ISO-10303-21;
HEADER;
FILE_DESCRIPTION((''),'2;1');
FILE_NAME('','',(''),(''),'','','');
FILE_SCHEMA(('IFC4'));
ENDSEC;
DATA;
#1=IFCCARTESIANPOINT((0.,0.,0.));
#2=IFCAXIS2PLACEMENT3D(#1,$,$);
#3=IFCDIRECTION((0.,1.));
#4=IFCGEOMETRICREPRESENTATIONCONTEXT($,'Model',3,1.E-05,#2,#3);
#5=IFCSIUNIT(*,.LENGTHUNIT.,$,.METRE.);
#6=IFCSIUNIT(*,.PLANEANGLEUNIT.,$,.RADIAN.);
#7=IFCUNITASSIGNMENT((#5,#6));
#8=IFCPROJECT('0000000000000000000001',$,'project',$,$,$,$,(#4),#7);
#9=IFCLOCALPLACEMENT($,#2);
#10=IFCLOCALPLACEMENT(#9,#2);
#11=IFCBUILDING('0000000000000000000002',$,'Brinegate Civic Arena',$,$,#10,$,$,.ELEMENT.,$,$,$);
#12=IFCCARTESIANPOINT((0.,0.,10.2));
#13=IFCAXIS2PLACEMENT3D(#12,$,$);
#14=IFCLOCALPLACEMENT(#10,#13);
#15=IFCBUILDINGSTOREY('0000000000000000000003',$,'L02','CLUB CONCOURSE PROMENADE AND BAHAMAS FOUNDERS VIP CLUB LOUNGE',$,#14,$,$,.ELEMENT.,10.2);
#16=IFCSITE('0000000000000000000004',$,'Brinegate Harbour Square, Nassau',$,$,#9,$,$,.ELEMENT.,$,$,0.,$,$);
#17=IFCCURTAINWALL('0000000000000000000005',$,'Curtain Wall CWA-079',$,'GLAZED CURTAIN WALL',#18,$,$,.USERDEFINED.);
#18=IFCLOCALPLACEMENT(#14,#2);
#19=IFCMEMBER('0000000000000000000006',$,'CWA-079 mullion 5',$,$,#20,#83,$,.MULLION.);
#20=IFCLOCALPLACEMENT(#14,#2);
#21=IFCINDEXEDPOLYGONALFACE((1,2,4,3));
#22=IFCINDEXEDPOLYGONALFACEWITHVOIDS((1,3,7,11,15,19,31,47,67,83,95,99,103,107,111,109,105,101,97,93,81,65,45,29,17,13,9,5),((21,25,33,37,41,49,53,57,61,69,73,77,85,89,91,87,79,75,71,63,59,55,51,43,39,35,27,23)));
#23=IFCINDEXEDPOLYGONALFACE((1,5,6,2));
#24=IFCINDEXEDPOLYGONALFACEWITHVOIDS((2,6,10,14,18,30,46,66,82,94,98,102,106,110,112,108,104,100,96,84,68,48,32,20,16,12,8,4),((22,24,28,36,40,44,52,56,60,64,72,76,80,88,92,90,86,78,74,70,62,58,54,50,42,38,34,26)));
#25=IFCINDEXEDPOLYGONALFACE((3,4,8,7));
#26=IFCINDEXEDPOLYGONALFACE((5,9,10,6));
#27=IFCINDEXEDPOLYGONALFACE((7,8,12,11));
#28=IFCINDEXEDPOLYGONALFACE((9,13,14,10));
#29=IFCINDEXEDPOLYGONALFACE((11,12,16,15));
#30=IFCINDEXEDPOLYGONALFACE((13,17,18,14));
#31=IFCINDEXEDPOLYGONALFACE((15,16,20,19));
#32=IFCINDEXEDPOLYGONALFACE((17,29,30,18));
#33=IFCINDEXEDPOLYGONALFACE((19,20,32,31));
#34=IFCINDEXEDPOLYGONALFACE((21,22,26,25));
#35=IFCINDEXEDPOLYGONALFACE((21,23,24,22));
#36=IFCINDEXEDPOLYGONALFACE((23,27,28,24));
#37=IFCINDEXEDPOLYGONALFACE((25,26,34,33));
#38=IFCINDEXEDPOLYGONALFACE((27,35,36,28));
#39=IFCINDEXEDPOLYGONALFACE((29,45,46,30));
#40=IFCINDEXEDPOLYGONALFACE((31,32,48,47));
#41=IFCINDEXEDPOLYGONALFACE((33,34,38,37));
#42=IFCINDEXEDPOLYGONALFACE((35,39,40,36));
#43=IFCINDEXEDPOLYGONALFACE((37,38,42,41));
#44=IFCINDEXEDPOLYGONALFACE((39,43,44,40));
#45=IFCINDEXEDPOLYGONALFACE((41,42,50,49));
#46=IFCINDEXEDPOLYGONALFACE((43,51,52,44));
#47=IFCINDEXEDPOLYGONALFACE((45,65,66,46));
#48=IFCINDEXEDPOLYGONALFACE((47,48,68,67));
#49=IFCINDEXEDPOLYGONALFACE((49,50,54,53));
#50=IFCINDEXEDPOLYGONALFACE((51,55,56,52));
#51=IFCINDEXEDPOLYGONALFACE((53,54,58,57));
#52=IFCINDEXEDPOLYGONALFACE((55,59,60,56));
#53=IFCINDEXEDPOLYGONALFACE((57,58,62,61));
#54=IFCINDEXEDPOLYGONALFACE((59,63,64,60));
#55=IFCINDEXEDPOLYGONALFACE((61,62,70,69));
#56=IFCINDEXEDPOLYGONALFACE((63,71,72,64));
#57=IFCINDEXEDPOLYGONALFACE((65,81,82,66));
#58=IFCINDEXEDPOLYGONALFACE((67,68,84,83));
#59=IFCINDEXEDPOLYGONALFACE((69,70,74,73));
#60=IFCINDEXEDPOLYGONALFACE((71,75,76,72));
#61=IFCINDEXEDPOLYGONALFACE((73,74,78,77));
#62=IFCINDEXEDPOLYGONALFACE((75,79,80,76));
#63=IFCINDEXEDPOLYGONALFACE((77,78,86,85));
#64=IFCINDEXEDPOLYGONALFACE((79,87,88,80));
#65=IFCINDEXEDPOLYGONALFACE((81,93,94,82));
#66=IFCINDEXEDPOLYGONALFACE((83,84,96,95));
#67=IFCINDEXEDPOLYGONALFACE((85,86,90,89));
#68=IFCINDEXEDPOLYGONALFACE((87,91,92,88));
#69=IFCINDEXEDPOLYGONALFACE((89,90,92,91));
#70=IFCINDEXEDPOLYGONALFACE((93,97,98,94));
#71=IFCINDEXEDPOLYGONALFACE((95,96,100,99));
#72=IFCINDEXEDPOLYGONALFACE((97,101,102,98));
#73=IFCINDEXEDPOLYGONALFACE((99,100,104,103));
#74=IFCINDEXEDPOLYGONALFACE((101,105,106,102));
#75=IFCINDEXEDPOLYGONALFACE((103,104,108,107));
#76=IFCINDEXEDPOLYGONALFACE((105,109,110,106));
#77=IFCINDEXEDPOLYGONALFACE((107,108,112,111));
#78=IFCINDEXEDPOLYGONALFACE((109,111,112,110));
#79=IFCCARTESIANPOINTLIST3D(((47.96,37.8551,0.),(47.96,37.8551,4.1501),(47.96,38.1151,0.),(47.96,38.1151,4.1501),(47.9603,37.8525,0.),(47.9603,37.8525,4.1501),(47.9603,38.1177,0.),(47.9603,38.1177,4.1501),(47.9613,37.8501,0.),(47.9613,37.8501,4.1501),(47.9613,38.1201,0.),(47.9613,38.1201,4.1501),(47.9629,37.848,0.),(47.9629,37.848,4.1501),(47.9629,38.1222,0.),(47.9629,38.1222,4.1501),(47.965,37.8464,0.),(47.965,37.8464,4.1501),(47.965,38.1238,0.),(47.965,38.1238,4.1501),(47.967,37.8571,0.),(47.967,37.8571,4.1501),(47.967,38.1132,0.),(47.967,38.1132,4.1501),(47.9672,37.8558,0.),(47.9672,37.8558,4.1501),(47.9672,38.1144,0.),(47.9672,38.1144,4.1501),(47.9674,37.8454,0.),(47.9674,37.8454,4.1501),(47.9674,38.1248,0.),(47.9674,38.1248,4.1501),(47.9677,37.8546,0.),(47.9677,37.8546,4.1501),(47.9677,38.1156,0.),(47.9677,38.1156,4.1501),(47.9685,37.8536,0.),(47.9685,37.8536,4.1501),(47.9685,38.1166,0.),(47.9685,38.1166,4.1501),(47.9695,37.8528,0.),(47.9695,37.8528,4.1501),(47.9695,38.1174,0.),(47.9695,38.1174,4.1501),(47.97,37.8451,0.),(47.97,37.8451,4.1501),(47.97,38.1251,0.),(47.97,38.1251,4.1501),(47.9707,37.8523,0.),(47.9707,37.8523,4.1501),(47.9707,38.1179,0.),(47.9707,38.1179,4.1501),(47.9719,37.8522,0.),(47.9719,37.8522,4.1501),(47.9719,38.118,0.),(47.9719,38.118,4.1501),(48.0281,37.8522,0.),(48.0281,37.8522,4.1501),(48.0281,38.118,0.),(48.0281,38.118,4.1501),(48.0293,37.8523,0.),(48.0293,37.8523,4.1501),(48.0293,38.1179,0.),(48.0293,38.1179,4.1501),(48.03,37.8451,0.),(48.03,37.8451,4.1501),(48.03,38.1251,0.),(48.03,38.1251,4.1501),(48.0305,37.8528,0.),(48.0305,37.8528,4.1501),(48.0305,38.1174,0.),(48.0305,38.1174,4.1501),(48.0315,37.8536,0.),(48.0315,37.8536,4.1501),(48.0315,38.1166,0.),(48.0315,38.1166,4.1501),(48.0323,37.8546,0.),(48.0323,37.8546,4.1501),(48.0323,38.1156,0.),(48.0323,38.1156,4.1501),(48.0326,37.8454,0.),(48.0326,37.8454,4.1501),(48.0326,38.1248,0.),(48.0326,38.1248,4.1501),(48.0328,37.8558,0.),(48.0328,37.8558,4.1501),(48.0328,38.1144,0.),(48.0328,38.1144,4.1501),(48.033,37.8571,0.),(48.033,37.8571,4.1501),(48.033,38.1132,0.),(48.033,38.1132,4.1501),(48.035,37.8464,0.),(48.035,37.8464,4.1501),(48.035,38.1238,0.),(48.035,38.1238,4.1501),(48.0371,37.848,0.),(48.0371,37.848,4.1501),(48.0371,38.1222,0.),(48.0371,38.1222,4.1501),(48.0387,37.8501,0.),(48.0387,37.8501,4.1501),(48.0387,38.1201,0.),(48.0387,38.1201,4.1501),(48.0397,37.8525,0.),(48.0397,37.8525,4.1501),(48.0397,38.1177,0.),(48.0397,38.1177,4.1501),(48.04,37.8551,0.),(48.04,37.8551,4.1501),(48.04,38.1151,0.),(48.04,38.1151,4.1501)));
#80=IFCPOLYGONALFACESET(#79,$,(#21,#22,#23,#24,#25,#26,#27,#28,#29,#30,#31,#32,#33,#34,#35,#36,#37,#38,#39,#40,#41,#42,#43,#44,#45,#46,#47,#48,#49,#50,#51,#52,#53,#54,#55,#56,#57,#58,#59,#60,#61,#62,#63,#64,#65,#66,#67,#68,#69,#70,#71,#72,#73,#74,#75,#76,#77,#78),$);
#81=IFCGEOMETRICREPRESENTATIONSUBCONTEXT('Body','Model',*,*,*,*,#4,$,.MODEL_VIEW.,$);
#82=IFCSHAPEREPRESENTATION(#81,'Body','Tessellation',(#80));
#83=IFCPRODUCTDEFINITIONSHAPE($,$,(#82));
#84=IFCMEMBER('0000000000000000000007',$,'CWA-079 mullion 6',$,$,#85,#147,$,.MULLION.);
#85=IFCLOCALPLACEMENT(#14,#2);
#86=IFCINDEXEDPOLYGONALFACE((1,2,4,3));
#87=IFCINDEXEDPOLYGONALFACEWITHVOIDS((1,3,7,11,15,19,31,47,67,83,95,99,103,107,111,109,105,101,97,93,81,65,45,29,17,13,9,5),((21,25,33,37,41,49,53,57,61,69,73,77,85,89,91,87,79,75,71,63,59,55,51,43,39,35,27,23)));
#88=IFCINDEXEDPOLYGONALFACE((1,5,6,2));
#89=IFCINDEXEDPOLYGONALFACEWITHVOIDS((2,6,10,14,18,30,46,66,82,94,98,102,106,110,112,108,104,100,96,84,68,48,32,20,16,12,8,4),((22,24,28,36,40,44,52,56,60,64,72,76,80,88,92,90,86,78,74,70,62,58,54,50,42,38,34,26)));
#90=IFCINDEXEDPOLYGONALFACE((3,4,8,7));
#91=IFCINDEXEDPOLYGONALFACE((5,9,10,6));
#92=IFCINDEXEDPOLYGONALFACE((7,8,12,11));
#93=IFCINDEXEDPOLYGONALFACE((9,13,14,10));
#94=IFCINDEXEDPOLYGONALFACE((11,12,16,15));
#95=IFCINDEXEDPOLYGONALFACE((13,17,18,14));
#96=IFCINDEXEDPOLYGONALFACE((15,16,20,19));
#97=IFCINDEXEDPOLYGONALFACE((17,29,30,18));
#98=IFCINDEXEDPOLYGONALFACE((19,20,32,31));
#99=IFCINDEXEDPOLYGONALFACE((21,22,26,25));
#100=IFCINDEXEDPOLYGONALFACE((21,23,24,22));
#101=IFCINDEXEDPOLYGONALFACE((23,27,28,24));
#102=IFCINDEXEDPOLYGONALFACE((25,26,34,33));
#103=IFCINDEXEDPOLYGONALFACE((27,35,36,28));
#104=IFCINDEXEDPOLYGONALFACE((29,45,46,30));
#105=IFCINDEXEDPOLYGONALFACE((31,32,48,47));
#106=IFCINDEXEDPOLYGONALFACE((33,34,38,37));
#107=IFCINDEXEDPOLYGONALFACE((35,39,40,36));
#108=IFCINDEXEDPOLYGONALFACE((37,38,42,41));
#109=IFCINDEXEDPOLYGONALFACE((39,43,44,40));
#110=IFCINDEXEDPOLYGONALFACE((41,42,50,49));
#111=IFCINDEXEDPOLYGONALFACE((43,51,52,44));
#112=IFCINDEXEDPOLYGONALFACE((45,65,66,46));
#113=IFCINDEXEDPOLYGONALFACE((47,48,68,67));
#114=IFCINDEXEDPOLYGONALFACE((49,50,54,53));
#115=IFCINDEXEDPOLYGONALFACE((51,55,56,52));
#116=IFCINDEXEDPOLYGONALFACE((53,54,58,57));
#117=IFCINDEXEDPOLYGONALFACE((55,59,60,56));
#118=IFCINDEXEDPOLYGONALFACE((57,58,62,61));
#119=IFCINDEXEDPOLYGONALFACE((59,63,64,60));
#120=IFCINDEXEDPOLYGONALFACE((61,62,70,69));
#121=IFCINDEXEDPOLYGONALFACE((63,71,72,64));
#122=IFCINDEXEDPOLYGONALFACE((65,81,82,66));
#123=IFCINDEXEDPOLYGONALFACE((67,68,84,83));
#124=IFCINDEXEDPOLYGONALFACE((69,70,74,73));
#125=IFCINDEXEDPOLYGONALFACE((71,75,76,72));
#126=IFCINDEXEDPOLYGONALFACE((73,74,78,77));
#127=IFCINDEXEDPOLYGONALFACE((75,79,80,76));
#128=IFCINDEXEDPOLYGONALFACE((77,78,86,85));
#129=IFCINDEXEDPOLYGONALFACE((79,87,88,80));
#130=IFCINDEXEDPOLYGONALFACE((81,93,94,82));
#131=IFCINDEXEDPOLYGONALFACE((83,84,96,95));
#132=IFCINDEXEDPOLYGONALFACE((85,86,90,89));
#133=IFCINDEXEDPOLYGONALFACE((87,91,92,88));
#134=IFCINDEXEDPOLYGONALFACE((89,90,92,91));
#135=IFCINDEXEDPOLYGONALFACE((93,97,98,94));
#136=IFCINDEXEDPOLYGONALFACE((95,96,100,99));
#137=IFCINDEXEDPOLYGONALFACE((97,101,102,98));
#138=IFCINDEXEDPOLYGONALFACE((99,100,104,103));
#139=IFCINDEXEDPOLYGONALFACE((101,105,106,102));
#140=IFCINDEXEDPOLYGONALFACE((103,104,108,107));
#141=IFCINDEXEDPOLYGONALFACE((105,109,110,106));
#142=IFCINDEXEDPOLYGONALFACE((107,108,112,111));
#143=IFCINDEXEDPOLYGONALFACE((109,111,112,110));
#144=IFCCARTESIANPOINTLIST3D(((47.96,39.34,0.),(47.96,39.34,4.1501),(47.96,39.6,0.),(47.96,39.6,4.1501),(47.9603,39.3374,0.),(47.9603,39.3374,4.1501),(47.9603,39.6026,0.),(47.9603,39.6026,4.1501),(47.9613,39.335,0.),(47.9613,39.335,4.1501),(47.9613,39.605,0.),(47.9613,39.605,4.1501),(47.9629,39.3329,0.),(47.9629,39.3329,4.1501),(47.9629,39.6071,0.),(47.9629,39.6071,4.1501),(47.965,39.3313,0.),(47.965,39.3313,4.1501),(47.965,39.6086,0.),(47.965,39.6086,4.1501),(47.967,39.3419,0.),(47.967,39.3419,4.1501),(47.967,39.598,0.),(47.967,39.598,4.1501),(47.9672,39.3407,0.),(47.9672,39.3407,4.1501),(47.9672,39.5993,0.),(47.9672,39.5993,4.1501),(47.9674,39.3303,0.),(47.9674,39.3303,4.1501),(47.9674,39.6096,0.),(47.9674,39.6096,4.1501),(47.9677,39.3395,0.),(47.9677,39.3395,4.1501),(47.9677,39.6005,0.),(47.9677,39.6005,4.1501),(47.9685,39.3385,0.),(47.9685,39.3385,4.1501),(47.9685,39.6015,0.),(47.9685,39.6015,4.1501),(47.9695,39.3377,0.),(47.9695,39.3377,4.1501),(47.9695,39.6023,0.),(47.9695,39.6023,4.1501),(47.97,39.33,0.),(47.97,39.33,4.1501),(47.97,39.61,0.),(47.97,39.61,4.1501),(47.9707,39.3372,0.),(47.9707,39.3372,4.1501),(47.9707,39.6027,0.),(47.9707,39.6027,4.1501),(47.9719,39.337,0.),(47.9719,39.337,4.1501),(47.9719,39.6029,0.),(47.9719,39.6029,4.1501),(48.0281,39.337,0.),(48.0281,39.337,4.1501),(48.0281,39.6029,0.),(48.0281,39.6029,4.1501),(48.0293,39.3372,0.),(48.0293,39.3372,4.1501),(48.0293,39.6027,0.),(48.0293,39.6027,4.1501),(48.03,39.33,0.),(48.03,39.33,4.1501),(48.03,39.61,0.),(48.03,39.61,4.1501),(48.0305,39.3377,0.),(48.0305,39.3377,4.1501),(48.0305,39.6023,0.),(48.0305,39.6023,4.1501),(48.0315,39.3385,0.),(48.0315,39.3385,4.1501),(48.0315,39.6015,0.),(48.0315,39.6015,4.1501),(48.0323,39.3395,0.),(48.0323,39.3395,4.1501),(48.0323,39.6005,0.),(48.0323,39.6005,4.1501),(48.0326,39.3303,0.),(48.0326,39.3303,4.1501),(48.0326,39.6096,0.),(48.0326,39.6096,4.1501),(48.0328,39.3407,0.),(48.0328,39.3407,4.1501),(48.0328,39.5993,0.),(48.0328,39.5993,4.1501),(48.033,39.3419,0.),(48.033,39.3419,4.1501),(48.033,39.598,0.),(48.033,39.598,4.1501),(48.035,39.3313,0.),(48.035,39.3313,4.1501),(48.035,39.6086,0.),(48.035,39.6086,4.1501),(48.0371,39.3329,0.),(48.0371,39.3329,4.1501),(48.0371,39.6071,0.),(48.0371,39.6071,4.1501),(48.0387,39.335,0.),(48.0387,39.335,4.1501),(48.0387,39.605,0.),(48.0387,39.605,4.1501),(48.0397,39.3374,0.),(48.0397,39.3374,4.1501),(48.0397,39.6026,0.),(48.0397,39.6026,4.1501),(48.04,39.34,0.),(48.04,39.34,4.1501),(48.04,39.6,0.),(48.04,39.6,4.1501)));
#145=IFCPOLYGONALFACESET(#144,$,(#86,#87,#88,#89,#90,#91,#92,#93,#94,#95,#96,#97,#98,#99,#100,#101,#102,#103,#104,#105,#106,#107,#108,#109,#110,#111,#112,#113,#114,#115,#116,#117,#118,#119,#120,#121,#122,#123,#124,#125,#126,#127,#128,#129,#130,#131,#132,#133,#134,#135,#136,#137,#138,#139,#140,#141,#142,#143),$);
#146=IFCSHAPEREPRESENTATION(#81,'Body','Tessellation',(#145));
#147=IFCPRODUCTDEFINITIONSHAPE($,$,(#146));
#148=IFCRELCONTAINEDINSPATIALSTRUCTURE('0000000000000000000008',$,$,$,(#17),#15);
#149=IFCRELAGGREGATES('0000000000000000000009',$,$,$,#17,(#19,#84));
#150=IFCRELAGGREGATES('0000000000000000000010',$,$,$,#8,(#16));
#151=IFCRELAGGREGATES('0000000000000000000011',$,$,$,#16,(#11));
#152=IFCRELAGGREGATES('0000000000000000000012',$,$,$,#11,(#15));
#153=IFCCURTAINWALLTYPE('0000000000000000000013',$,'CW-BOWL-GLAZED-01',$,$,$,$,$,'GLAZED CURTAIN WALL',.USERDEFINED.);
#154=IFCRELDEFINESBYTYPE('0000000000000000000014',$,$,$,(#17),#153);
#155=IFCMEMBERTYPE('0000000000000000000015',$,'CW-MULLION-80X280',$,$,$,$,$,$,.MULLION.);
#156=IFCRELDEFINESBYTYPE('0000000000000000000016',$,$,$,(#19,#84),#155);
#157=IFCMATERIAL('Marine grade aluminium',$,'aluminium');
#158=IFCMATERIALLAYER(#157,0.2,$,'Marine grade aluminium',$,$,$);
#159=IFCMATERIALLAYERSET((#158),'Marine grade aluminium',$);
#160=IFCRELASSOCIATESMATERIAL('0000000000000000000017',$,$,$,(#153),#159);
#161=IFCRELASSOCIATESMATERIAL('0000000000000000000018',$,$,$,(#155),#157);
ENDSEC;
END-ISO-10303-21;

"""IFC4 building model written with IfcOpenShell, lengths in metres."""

from ifc_helpers import new_model, si_unit, direction, frame, origin, origin_2d, place, context, subcontext, project, spatial, hollow_rectangle, extrude, material, layer, layer_set, material_profile, profile_set, type_object, element, aggregate, save


model = new_model("IFC4")

# Units and contexts
model_context = context("Model", 3, precision=1e-05, world=origin(), true_north=direction((0.0, 1.0)))
body_context = subcontext(model_context, "Body", "Model", "MODEL_VIEW")
ifc_project = project(units=[si_unit("LENGTHUNIT", "METRE"), si_unit("PLANEANGLEUNIT", "RADIAN")], contexts=[model_context])

# Site, building, storey
site_placement = place(None, origin())
site = spatial("IfcSite", under=ifc_project, at=site_placement, Name="Brinegate Harbour Square, Nassau", CompositionType="ELEMENT", RefElevation=0.0)
building_placement = place(site_placement, origin())
building = spatial("IfcBuilding", under=site, at=building_placement, Name="Brinegate Civic Arena", CompositionType="ELEMENT")
storey_placement = place(building_placement, frame((0.0, 0.0, 10.2)))
storey = spatial("IfcBuildingStorey", under=building, at=storey_placement, Name="L02", Description="CLUB CONCOURSE PROMENADE AND BAHAMAS FOUNDERS VIP CLUB LOUNGE", CompositionType="ELEMENT", Elevation=10.2)

# Curtain wall, members
ifc_material_1 = material(Name="Marine grade aluminium", Category="aluminium")
ifc_layer_1 = layer(ifc_material_1, 0.2, Name="Marine grade aluminium")
ifc_layer_set_1 = layer_set([ifc_layer_1], Name="Marine grade aluminium")
curtain_wall_type = type_object("IfcCurtainWallType", Name="CW-BOWL-GLAZED-01", ElementType="GLAZED CURTAIN WALL", PredefinedType="USERDEFINED", material=ifc_layer_set_1)
curtain_wall_placement = place(storey_placement, origin())
curtain_wall = element("IfcCurtainWall", 1, at=curtain_wall_placement, inside=storey, type_object=curtain_wall_type, Name="Curtain Wall CWA-079", ObjectType="GLAZED CURTAIN WALL", PredefinedType="USERDEFINED")
ifc_material_profile_1 = material_profile(ifc_material_1, hollow_rectangle(XDim=0.0801, YDim=0.28, WallThickness=0.0071, InnerFilletRadius=0.0049, OuterFilletRadius=0.01, at=origin_2d()), Name="MUL80X280")
ifc_profile_set_1 = profile_set([ifc_material_profile_1], Name="Marine grade aluminium")
member_type_1 = type_object("IfcMemberType", Name="CW-MULLION-80X280", PredefinedType="MULLION", material=ifc_profile_set_1)
member_1_placement = place(storey_placement, frame((48.0, 37.9851, 0.0), z_axis=(0.0, 0.0, 1.0), x_axis=(-1.0, 0.0, 0.0)))
member_1 = element("IfcMember", 2, at=member_1_placement, type_object=member_type_1, Name="CWA-079 mullion 5", PredefinedType="MULLION", context=body_context, shape_type="SweptSolid", body=[
    extrude(hollow_rectangle(XDim=0.0801, YDim=0.28, WallThickness=0.0071, InnerFilletRadius=0.0049, OuterFilletRadius=0.01, at=origin_2d()), origin(), (0.0, 0.0, 1.0), 4.1501),
])
member_2_placement = place(storey_placement, frame((48.0, 39.47, 0.0), z_axis=(0.0, 0.0, 1.0), x_axis=(-1.0, 0.0, 0.0)))
member_2 = element("IfcMember", 3, at=member_2_placement, type_object=member_type_1, Name="CWA-079 mullion 6", PredefinedType="MULLION", context=body_context, shape_type="SweptSolid", body=[
    extrude(hollow_rectangle(XDim=0.0801, YDim=0.28, WallThickness=0.0071, InnerFilletRadius=0.0049, OuterFilletRadius=0.01, at=origin_2d()), origin(), (0.0, 0.0, 1.0), 4.1501),
])
aggregate(curtain_wall, [member_1, member_2])

save(model, "model.ifc")
